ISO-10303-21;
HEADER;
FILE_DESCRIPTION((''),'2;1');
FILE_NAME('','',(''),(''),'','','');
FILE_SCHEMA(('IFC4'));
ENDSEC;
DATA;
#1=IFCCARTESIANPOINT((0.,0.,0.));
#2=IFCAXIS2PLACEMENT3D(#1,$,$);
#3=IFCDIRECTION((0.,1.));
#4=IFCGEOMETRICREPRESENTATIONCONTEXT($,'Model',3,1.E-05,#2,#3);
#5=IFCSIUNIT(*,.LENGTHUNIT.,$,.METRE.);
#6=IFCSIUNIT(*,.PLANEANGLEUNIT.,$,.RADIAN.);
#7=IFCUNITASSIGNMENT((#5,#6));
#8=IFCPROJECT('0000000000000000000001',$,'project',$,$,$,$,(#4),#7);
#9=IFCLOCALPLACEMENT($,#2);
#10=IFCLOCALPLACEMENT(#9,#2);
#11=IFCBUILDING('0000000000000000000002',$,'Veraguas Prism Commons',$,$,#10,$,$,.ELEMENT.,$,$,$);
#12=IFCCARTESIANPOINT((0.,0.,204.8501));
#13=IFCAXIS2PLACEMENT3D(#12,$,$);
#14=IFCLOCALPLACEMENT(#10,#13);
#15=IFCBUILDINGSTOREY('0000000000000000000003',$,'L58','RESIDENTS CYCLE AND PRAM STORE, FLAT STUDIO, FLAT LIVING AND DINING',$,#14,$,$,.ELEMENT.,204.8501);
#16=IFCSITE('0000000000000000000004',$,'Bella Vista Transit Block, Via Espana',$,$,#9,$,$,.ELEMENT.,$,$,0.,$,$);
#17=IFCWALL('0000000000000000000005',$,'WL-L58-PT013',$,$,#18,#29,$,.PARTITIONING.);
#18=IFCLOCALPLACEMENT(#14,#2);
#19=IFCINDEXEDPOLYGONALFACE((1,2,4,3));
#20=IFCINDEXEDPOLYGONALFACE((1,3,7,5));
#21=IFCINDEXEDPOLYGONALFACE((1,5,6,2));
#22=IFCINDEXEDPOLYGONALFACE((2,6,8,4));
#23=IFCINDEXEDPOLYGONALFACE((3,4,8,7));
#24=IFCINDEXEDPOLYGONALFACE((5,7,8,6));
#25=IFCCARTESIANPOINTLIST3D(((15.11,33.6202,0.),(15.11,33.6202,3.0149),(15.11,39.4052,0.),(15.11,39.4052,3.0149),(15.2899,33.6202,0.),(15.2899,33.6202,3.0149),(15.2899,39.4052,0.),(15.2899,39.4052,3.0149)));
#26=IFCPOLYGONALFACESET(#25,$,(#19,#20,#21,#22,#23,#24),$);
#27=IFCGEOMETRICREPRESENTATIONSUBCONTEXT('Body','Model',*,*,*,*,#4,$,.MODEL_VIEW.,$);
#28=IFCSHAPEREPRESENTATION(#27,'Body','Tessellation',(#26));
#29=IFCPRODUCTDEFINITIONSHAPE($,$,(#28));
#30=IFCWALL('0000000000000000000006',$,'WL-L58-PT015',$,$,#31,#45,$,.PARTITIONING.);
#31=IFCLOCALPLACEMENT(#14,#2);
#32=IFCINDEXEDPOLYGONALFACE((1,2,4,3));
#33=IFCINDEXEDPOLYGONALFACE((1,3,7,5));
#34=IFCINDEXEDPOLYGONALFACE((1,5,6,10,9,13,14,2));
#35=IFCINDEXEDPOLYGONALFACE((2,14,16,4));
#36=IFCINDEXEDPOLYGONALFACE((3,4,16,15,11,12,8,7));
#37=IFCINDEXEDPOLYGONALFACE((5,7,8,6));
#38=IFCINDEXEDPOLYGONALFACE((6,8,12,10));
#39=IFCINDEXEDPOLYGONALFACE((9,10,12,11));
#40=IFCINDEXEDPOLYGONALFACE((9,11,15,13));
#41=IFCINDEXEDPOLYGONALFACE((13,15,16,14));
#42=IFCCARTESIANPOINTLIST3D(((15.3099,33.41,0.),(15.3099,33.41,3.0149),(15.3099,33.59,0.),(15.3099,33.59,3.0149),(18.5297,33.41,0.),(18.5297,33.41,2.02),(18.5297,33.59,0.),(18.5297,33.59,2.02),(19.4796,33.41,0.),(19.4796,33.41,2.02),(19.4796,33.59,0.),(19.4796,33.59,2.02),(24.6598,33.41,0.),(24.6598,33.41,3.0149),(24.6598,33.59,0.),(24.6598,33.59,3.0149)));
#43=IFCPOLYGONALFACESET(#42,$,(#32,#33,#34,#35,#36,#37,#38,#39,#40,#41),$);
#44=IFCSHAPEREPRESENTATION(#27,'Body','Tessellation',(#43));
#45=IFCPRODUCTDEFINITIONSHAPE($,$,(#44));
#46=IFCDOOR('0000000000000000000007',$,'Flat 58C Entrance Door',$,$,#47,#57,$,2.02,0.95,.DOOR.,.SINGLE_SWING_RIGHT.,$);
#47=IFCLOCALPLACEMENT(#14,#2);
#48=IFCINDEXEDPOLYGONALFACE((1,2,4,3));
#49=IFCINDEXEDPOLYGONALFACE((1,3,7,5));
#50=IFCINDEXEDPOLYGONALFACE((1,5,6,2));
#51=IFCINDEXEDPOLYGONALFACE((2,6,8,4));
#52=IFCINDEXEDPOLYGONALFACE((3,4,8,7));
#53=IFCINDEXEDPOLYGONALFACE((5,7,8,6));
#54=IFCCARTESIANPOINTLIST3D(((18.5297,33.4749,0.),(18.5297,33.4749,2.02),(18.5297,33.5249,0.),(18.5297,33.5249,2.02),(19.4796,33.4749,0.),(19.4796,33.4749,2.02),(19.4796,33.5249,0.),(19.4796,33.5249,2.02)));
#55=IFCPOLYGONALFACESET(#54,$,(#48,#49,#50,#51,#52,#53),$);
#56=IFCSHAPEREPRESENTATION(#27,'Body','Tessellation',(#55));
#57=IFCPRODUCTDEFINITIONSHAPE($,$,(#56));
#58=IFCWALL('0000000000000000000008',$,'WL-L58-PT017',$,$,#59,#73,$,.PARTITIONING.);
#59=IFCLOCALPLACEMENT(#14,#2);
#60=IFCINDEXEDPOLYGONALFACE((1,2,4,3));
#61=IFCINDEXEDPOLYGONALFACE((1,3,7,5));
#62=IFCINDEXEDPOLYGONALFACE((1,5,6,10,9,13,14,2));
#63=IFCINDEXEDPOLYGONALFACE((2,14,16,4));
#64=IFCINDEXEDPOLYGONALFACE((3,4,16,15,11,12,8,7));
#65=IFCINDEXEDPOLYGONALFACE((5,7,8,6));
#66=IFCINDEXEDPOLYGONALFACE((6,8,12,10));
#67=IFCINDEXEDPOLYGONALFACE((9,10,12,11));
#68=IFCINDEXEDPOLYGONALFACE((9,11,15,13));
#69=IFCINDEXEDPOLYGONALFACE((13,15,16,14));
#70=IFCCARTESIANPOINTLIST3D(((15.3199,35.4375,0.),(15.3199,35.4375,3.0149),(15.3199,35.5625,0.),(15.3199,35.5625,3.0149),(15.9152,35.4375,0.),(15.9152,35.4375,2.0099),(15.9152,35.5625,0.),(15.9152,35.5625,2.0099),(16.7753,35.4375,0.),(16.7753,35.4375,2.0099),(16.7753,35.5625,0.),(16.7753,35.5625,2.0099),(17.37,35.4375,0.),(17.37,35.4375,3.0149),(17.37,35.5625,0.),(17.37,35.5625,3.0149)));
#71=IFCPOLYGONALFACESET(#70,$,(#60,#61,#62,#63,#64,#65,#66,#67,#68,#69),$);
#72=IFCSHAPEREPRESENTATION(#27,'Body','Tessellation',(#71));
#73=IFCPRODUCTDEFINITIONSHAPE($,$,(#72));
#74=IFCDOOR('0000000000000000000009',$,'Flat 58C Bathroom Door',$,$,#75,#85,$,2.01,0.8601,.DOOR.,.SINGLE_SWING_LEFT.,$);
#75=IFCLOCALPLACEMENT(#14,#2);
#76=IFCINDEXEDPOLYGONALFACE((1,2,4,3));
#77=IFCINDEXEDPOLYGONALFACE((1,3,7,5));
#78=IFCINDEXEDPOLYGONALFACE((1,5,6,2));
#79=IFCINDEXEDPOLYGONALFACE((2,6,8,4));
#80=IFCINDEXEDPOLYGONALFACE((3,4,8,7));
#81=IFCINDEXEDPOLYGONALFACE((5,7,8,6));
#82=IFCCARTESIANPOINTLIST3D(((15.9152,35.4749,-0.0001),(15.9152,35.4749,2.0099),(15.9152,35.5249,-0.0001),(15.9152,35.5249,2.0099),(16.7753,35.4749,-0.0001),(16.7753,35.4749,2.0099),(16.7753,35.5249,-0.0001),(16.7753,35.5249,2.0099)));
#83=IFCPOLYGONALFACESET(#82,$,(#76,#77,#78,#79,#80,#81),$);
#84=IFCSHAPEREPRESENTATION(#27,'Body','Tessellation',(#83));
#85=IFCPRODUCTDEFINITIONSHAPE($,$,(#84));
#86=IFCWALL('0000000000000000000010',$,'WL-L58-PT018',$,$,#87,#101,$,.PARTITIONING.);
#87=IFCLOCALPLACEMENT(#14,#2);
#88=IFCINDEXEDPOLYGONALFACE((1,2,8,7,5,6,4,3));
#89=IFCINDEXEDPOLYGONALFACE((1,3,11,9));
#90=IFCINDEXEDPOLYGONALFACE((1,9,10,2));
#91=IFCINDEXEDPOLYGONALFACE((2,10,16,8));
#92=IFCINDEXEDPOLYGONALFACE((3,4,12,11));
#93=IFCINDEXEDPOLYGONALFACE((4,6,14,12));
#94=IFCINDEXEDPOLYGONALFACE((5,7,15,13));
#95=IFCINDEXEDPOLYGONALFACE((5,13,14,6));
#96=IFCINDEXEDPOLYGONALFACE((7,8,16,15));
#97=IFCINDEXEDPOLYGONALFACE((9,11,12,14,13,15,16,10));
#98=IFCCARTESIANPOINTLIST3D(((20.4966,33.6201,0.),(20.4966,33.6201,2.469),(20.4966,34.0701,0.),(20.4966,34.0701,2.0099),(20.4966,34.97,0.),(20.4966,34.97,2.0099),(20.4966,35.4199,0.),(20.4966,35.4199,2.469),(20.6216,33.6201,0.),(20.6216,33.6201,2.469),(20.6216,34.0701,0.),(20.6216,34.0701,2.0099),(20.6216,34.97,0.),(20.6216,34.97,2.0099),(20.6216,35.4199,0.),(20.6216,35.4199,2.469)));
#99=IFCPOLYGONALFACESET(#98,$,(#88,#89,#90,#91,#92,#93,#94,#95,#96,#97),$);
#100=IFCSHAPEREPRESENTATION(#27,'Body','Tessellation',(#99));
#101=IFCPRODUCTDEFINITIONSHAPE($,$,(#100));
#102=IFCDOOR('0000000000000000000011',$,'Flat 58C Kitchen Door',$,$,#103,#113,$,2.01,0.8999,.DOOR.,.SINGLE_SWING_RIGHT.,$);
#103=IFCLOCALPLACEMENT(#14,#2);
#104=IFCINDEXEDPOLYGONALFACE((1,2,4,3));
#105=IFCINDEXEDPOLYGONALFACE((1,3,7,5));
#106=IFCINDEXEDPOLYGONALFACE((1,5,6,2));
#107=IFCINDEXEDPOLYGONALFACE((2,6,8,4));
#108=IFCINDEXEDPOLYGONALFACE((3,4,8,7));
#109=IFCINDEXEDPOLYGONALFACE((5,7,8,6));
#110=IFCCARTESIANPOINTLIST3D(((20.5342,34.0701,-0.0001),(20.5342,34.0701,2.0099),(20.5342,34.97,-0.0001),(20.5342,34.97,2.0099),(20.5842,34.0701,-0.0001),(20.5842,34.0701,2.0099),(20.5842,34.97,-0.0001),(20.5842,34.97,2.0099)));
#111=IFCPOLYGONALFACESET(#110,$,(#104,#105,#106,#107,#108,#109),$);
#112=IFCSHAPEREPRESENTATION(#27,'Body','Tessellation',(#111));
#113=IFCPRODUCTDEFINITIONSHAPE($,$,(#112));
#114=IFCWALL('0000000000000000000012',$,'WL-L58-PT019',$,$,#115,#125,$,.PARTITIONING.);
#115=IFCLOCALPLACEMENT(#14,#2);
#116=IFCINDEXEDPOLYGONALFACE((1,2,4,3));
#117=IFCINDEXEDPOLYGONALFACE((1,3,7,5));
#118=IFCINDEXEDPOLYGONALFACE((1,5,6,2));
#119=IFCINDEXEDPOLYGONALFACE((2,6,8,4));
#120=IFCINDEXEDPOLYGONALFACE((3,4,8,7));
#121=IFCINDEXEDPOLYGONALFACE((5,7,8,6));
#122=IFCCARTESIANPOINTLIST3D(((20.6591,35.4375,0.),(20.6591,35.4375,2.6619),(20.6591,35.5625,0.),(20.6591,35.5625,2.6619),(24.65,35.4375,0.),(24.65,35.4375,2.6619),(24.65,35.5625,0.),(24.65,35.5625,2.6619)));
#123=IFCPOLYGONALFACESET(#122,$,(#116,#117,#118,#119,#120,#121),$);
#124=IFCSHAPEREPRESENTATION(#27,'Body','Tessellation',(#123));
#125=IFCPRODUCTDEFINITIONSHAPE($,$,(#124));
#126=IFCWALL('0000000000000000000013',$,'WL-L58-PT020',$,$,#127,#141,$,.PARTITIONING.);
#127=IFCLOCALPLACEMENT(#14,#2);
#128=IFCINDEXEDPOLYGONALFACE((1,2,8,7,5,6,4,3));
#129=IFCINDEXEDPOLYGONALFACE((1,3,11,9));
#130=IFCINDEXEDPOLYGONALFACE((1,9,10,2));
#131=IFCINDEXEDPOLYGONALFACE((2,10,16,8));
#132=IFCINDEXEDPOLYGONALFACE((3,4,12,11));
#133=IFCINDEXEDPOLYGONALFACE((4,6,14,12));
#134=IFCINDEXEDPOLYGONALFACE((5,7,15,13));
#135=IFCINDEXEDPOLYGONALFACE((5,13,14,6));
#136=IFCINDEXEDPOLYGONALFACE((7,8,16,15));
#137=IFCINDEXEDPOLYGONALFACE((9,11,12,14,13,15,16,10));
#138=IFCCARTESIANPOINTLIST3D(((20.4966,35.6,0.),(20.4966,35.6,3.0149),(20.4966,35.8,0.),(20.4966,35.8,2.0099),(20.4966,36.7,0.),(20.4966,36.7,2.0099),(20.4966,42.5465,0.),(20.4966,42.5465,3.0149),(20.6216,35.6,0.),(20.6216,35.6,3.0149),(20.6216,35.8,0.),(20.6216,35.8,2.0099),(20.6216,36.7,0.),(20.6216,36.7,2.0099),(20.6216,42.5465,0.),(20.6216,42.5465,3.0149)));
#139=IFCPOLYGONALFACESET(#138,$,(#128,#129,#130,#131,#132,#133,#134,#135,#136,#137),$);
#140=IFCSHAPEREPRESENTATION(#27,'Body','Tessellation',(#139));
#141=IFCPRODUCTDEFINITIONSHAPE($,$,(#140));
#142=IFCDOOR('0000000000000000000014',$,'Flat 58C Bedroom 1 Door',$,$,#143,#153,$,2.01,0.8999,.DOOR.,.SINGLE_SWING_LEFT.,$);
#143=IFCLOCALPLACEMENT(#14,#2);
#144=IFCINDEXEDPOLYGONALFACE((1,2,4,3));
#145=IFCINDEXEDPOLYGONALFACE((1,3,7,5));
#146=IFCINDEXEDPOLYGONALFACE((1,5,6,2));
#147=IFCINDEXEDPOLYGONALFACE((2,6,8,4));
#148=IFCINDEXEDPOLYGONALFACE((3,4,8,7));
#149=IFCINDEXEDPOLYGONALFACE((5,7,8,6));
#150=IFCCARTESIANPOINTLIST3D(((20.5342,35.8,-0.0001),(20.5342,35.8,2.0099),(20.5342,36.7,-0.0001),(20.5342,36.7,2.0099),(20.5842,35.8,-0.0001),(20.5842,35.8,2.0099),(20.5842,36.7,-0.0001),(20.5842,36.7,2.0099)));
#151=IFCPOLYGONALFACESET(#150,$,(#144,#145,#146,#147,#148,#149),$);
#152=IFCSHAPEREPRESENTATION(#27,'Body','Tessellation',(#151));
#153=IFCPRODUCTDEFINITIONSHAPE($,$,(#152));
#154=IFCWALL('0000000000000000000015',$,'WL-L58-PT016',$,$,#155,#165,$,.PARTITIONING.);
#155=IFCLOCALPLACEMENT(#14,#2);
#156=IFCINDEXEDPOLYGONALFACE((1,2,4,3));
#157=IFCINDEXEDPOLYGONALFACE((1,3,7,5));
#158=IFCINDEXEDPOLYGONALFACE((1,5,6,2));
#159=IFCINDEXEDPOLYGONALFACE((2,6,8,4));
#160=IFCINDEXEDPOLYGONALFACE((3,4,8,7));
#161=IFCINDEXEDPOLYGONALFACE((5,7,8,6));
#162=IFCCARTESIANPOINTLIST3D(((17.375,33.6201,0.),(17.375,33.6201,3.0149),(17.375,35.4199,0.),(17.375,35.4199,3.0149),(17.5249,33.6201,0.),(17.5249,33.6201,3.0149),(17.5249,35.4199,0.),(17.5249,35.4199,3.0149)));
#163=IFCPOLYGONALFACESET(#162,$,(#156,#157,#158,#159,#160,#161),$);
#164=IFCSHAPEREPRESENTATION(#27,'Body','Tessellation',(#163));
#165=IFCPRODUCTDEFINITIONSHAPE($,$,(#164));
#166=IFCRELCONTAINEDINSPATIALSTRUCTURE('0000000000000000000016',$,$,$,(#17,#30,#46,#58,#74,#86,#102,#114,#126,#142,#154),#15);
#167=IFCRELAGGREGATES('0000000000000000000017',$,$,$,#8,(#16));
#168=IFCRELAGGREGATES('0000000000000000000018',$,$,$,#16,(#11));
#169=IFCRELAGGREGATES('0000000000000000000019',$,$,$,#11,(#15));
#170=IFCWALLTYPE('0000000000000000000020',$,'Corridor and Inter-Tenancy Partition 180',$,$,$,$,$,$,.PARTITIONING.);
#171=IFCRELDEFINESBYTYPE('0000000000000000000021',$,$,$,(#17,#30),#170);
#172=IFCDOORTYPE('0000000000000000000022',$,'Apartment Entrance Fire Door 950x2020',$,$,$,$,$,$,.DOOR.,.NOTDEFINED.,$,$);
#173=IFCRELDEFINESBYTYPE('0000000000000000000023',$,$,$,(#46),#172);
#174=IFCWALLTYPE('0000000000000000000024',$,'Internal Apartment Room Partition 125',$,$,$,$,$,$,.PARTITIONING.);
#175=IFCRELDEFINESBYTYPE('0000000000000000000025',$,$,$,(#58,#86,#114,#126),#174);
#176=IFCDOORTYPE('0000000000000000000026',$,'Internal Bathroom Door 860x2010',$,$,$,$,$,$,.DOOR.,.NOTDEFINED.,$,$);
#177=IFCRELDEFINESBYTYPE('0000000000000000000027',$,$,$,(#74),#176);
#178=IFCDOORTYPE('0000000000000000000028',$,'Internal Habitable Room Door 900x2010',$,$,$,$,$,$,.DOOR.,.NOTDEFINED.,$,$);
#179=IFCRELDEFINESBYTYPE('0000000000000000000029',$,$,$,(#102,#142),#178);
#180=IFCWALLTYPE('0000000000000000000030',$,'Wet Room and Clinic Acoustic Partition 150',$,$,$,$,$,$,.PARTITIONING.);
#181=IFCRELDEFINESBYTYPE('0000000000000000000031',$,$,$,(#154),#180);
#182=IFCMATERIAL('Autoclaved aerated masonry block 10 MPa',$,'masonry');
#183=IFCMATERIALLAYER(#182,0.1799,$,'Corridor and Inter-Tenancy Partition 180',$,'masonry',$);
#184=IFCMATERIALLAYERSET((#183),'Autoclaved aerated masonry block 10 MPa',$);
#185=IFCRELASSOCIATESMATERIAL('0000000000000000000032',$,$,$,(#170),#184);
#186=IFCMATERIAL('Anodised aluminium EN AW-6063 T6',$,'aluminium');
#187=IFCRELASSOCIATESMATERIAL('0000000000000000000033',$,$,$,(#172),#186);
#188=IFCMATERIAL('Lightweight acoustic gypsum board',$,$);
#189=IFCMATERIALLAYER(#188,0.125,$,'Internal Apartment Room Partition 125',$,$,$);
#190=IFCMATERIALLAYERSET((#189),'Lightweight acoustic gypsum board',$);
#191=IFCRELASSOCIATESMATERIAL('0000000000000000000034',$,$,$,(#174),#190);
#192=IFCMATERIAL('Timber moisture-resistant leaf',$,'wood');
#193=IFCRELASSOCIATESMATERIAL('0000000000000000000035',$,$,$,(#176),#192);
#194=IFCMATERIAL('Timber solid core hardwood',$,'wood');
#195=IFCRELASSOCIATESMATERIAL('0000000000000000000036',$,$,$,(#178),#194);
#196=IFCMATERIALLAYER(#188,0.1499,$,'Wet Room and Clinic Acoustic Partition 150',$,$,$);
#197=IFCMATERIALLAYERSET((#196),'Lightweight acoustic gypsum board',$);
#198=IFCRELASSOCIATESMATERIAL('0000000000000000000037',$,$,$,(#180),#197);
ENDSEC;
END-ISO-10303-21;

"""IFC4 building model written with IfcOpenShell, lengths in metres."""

from ifc_helpers import new_model, si_unit, direction, frame, frame_2d, origin, place, context, subcontext, project, spatial, rectangle, extrude, source, transform, mapped, material, layer, layer_set, type_object, element, fill, save


model = new_model("IFC4")

# Units and contexts
model_context = context("Model", 3, precision=1e-05, world=origin(), true_north=direction((0.0, 1.0)))
body_context = subcontext(model_context, "Body", "Model", "MODEL_VIEW")
ifc_project = project(units=[si_unit("LENGTHUNIT", "METRE"), si_unit("PLANEANGLEUNIT", "RADIAN")], contexts=[model_context])

# Site, building, storey
site_placement = place(None, origin())
site = spatial("IfcSite", under=ifc_project, at=site_placement, Name="Bella Vista Transit Block, Via Espana", CompositionType="ELEMENT", RefElevation=0.0)
building_placement = place(site_placement, origin())
building = spatial("IfcBuilding", under=site, at=building_placement, Name="Veraguas Prism Commons", CompositionType="ELEMENT")
storey_placement = place(building_placement, frame((0.0, 0.0, 204.8501)))
storey = spatial("IfcBuildingStorey", under=building, at=storey_placement, Name="L58", Description="RESIDENTS CYCLE AND PRAM STORE, FLAT STUDIO, FLAT LIVING AND DINING", CompositionType="ELEMENT", Elevation=204.8501)

# Shared definitions
ifc_material_1 = material(Name="Anodised aluminium EN AW-6063 T6", Category="aluminium")

# Wall
ifc_material_2 = material(Name="Autoclaved aerated masonry block 10 MPa", Category="masonry")
ifc_layer_1 = layer(ifc_material_2, 0.1799, Name="Corridor and Inter-Tenancy Partition 180", Category="masonry")
ifc_layer_set_1 = layer_set([ifc_layer_1], Name="Autoclaved aerated masonry block 10 MPa")
wall_type_1 = type_object("IfcWallType", Name="Corridor and Inter-Tenancy Partition 180", PredefinedType="PARTITIONING", material=ifc_layer_set_1)
wall_1_placement = place(storey_placement, frame((15.2, 33.6201, 0.0), z_axis=(0.0, 0.0, 1.0), x_axis=(0.0, 1.0, 0.0)))
element("IfcWall", 1, at=wall_1_placement, inside=storey, type_object=wall_type_1, Name="WL-L58-PT013", PredefinedType="PARTITIONING", context=body_context, shape_type="SweptSolid", body=[
    extrude(rectangle(XDim=5.7849, YDim=0.1799, at=frame_2d((2.8926, 0.0))), origin(), (0.0, 0.0, 1.0), 3.0149),
])

# Walls, openings, doors
wall_2_placement = place(storey_placement, frame((15.3101, 33.5, 0.0), z_axis=(0.0, 0.0, 1.0), x_axis=(1.0, 0.0, 0.0)))
wall_2 = element("IfcWall", 2, at=wall_2_placement, inside=storey, type_object=wall_type_1, Name="WL-L58-PT015", PredefinedType="PARTITIONING", context=body_context, shape_type="SweptSolid", body=[
    extrude(rectangle(XDim=9.3499, YDim=0.1799, at=frame_2d((4.6748, 0.0))), origin(), (0.0, 0.0, 1.0), 3.0149),
])
opening_1_placement = place(wall_2_placement, frame((3.2195, 0.0, 0.0)))
opening_1 = element("IfcOpeningElement", 3, at=opening_1_placement, cuts=wall_2, PredefinedType="OPENING", context=body_context, shape_type="SweptSolid", body=[
    extrude(rectangle(XDim=0.95, YDim=2.02, at=frame_2d((0.4751, 1.01))), frame((0.0, 0.0999, 0.0), z_axis=(0.0, -1.0, 0.0), x_axis=(1.0, 0.0, 0.0)), (0.0, 0.0, 1.0), 0.2),
])
door_type_1 = type_object("IfcDoorType", Name="Apartment Entrance Fire Door 950x2020", OperationType="NOTDEFINED", PredefinedType="DOOR", material=ifc_material_1)
shared_shape_1 = source(origin(), body_context, "Body", "SweptSolid", [
    extrude(rectangle(XDim=0.95, YDim=2.02, at=frame_2d((0.4751, 1.01))), frame((0.0, 0.0249, 0.0), z_axis=(0.0, -1.0, 0.0), x_axis=(1.0, 0.0, 0.0)), (0.0, 0.0, 1.0), 0.05),
])
door_1_placement = place(opening_1_placement, origin())
door_1 = element("IfcDoor", 4, at=door_1_placement, inside=storey, type_object=door_type_1, Name="Flat 58C Entrance Door", OperationType="SINGLE_SWING_RIGHT", OverallHeight=2.02, OverallWidth=0.95, PredefinedType="DOOR", context=body_context, shape_type="MappedRepresentation", body=[
    mapped(shared_shape_1, transform((0.0, 0.0, 0.0), scale=1.0)),
])
fill(opening_1, door_1)
ifc_material_3 = material(Name="Lightweight acoustic gypsum board")
ifc_layer_2 = layer(ifc_material_3, 0.125, Name="Internal Apartment Room Partition 125")
ifc_layer_set_2 = layer_set([ifc_layer_2], Name="Lightweight acoustic gypsum board")
wall_type_2 = type_object("IfcWallType", Name="Internal Apartment Room Partition 125", PredefinedType="PARTITIONING", material=ifc_layer_set_2)
wall_3_placement = place(storey_placement, frame((15.3201, 35.5, 0.0), z_axis=(0.0, 0.0, 1.0), x_axis=(1.0, 0.0, 0.0)))
wall_3 = element("IfcWall", 5, at=wall_3_placement, inside=storey, type_object=wall_type_2, Name="WL-L58-PT017", PredefinedType="PARTITIONING", context=body_context, shape_type="SweptSolid", body=[
    extrude(rectangle(XDim=2.05, YDim=0.125, at=frame_2d((1.0249, 0.0))), origin(), (0.0, 0.0, 1.0), 3.0149),
])
opening_2_placement = place(wall_3_placement, frame((0.595, 0.0, 0.0)))
opening_2 = element("IfcOpeningElement", 6, at=opening_2_placement, cuts=wall_3, PredefinedType="OPENING", context=body_context, shape_type="SweptSolid", body=[
    extrude(rectangle(XDim=0.8601, YDim=2.01, at=frame_2d((0.4302, 1.0049))), frame((0.0, 0.0725, 0.0), z_axis=(0.0, -1.0, 0.0), x_axis=(1.0, 0.0, 0.0)), (0.0, 0.0, 1.0), 0.145),
])
ifc_material_4 = material(Name="Timber moisture-resistant leaf", Category="wood")
door_type_2 = type_object("IfcDoorType", Name="Internal Bathroom Door 860x2010", OperationType="NOTDEFINED", PredefinedType="DOOR", material=ifc_material_4)
shared_shape_2 = source(origin(), body_context, "Body", "SweptSolid", [
    extrude(rectangle(XDim=0.8601, YDim=2.01, at=frame_2d((0.4302, 1.0049))), frame((0.0, 0.0249, 0.0), z_axis=(0.0, -1.0, 0.0), x_axis=(1.0, 0.0, 0.0)), (0.0, 0.0, 1.0), 0.05),
])
door_2_placement = place(opening_2_placement, origin())
door_2 = element("IfcDoor", 7, at=door_2_placement, inside=storey, type_object=door_type_2, Name="Flat 58C Bathroom Door", OperationType="SINGLE_SWING_LEFT", OverallHeight=2.01, OverallWidth=0.8601, PredefinedType="DOOR", context=body_context, shape_type="MappedRepresentation", body=[
    mapped(shared_shape_2, transform((0.0, 0.0, 0.0), scale=1.0)),
])
fill(opening_2, door_2)
wall_4_placement = place(storey_placement, frame((20.5591, 33.6201, 0.0), z_axis=(0.0, 0.0, 1.0), x_axis=(0.0, 1.0, 0.0)))
wall_4 = element("IfcWall", 8, at=wall_4_placement, inside=storey, type_object=wall_type_2, Name="WL-L58-PT018", PredefinedType="PARTITIONING", context=body_context, shape_type="SweptSolid", body=[
    extrude(rectangle(XDim=1.7998, YDim=0.125, at=frame_2d((0.8999, 0.0))), origin(), (0.0, 0.0, 1.0), 2.469),
])
opening_3_placement = place(wall_4_placement, frame((0.45, 0.0, 0.0)))
opening_3 = element("IfcOpeningElement", 9, at=opening_3_placement, cuts=wall_4, PredefinedType="OPENING", context=body_context, shape_type="SweptSolid", body=[
    extrude(rectangle(XDim=0.8999, YDim=2.01, at=frame_2d((0.45, 1.0049))), frame((0.0, 0.0725, 0.0), z_axis=(0.0, -1.0, 0.0), x_axis=(1.0, 0.0, 0.0)), (0.0, 0.0, 1.0), 0.145),
])
ifc_material_5 = material(Name="Timber solid core hardwood", Category="wood")
door_type_3 = type_object("IfcDoorType", Name="Internal Habitable Room Door 900x2010", OperationType="NOTDEFINED", PredefinedType="DOOR", material=ifc_material_5)
shared_shape_3 = source(origin(), body_context, "Body", "SweptSolid", [
    extrude(rectangle(XDim=0.8999, YDim=2.01, at=frame_2d((0.45, 1.0049))), frame((0.0, 0.0249, 0.0), z_axis=(0.0, -1.0, 0.0), x_axis=(1.0, 0.0, 0.0)), (0.0, 0.0, 1.0), 0.05),
])
door_3_placement = place(opening_3_placement, origin())
door_3 = element("IfcDoor", 10, at=door_3_placement, inside=storey, type_object=door_type_3, Name="Flat 58C Kitchen Door", OperationType="SINGLE_SWING_RIGHT", OverallHeight=2.01, OverallWidth=0.8999, PredefinedType="DOOR", context=body_context, shape_type="MappedRepresentation", body=[
    mapped(shared_shape_3, transform((0.0, 0.0, 0.0), scale=1.0)),
])
fill(opening_3, door_3)

# Wall
wall_5_placement = place(storey_placement, frame((20.6589, 35.5, 0.0), z_axis=(0.0, 0.0, 1.0), x_axis=(1.0, 0.0, 0.0)))
element("IfcWall", 11, at=wall_5_placement, inside=storey, type_object=wall_type_2, Name="WL-L58-PT019", PredefinedType="PARTITIONING", context=body_context, shape_type="SweptSolid", body=[
    extrude(rectangle(XDim=3.991, YDim=0.125, at=frame_2d((1.9956, 0.0))), origin(), (0.0, 0.0, 1.0), 2.6619),
])

# Wall, opening, door
wall_6_placement = place(storey_placement, frame((20.5591, 35.6001, 0.0), z_axis=(0.0, 0.0, 1.0), x_axis=(0.0, 1.0, 0.0)))
wall_6 = element("IfcWall", 12, at=wall_6_placement, inside=storey, type_object=wall_type_2, Name="WL-L58-PT020", PredefinedType="PARTITIONING", context=body_context, shape_type="SweptSolid", body=[
    extrude(rectangle(XDim=6.9465, YDim=0.125, at=frame_2d((3.4731, 0.0))), origin(), (0.0, 0.0, 1.0), 3.0149),
])
opening_4_placement = place(wall_6_placement, frame((0.2, 0.0, 0.0)))
opening_4 = element("IfcOpeningElement", 13, at=opening_4_placement, cuts=wall_6, PredefinedType="OPENING", context=body_context, shape_type="SweptSolid", body=[
    extrude(rectangle(XDim=0.8999, YDim=2.01, at=frame_2d((0.45, 1.0049))), frame((0.0, 0.0725, 0.0), z_axis=(0.0, -1.0, 0.0), x_axis=(1.0, 0.0, 0.0)), (0.0, 0.0, 1.0), 0.145),
])
door_4_placement = place(opening_4_placement, origin())
door_4 = element("IfcDoor", 14, at=door_4_placement, inside=storey, type_object=door_type_3, Name="Flat 58C Bedroom 1 Door", OperationType="SINGLE_SWING_LEFT", OverallHeight=2.01, OverallWidth=0.8999, PredefinedType="DOOR", context=body_context, shape_type="MappedRepresentation", body=[
    mapped(shared_shape_3, transform((0.0, 0.0, 0.0), scale=1.0)),
])
fill(opening_4, door_4)

# Wall
ifc_layer_3 = layer(ifc_material_3, 0.1499, Name="Wet Room and Clinic Acoustic Partition 150")
ifc_layer_set_3 = layer_set([ifc_layer_3], Name="Lightweight acoustic gypsum board")
wall_type_3 = type_object("IfcWallType", Name="Wet Room and Clinic Acoustic Partition 150", PredefinedType="PARTITIONING", material=ifc_layer_set_3)
wall_7_placement = place(storey_placement, frame((17.45, 33.6201, 0.0), z_axis=(0.0, 0.0, 1.0), x_axis=(0.0, 1.0, 0.0)))
element("IfcWall", 15, at=wall_7_placement, inside=storey, type_object=wall_type_3, Name="WL-L58-PT016", PredefinedType="PARTITIONING", context=body_context, shape_type="SweptSolid", body=[
    extrude(rectangle(XDim=1.7998, YDim=0.1499, at=frame_2d((0.8999, 0.0))), origin(), (0.0, 0.0, 1.0), 3.0149),
])

save(model, "model.ifc")
